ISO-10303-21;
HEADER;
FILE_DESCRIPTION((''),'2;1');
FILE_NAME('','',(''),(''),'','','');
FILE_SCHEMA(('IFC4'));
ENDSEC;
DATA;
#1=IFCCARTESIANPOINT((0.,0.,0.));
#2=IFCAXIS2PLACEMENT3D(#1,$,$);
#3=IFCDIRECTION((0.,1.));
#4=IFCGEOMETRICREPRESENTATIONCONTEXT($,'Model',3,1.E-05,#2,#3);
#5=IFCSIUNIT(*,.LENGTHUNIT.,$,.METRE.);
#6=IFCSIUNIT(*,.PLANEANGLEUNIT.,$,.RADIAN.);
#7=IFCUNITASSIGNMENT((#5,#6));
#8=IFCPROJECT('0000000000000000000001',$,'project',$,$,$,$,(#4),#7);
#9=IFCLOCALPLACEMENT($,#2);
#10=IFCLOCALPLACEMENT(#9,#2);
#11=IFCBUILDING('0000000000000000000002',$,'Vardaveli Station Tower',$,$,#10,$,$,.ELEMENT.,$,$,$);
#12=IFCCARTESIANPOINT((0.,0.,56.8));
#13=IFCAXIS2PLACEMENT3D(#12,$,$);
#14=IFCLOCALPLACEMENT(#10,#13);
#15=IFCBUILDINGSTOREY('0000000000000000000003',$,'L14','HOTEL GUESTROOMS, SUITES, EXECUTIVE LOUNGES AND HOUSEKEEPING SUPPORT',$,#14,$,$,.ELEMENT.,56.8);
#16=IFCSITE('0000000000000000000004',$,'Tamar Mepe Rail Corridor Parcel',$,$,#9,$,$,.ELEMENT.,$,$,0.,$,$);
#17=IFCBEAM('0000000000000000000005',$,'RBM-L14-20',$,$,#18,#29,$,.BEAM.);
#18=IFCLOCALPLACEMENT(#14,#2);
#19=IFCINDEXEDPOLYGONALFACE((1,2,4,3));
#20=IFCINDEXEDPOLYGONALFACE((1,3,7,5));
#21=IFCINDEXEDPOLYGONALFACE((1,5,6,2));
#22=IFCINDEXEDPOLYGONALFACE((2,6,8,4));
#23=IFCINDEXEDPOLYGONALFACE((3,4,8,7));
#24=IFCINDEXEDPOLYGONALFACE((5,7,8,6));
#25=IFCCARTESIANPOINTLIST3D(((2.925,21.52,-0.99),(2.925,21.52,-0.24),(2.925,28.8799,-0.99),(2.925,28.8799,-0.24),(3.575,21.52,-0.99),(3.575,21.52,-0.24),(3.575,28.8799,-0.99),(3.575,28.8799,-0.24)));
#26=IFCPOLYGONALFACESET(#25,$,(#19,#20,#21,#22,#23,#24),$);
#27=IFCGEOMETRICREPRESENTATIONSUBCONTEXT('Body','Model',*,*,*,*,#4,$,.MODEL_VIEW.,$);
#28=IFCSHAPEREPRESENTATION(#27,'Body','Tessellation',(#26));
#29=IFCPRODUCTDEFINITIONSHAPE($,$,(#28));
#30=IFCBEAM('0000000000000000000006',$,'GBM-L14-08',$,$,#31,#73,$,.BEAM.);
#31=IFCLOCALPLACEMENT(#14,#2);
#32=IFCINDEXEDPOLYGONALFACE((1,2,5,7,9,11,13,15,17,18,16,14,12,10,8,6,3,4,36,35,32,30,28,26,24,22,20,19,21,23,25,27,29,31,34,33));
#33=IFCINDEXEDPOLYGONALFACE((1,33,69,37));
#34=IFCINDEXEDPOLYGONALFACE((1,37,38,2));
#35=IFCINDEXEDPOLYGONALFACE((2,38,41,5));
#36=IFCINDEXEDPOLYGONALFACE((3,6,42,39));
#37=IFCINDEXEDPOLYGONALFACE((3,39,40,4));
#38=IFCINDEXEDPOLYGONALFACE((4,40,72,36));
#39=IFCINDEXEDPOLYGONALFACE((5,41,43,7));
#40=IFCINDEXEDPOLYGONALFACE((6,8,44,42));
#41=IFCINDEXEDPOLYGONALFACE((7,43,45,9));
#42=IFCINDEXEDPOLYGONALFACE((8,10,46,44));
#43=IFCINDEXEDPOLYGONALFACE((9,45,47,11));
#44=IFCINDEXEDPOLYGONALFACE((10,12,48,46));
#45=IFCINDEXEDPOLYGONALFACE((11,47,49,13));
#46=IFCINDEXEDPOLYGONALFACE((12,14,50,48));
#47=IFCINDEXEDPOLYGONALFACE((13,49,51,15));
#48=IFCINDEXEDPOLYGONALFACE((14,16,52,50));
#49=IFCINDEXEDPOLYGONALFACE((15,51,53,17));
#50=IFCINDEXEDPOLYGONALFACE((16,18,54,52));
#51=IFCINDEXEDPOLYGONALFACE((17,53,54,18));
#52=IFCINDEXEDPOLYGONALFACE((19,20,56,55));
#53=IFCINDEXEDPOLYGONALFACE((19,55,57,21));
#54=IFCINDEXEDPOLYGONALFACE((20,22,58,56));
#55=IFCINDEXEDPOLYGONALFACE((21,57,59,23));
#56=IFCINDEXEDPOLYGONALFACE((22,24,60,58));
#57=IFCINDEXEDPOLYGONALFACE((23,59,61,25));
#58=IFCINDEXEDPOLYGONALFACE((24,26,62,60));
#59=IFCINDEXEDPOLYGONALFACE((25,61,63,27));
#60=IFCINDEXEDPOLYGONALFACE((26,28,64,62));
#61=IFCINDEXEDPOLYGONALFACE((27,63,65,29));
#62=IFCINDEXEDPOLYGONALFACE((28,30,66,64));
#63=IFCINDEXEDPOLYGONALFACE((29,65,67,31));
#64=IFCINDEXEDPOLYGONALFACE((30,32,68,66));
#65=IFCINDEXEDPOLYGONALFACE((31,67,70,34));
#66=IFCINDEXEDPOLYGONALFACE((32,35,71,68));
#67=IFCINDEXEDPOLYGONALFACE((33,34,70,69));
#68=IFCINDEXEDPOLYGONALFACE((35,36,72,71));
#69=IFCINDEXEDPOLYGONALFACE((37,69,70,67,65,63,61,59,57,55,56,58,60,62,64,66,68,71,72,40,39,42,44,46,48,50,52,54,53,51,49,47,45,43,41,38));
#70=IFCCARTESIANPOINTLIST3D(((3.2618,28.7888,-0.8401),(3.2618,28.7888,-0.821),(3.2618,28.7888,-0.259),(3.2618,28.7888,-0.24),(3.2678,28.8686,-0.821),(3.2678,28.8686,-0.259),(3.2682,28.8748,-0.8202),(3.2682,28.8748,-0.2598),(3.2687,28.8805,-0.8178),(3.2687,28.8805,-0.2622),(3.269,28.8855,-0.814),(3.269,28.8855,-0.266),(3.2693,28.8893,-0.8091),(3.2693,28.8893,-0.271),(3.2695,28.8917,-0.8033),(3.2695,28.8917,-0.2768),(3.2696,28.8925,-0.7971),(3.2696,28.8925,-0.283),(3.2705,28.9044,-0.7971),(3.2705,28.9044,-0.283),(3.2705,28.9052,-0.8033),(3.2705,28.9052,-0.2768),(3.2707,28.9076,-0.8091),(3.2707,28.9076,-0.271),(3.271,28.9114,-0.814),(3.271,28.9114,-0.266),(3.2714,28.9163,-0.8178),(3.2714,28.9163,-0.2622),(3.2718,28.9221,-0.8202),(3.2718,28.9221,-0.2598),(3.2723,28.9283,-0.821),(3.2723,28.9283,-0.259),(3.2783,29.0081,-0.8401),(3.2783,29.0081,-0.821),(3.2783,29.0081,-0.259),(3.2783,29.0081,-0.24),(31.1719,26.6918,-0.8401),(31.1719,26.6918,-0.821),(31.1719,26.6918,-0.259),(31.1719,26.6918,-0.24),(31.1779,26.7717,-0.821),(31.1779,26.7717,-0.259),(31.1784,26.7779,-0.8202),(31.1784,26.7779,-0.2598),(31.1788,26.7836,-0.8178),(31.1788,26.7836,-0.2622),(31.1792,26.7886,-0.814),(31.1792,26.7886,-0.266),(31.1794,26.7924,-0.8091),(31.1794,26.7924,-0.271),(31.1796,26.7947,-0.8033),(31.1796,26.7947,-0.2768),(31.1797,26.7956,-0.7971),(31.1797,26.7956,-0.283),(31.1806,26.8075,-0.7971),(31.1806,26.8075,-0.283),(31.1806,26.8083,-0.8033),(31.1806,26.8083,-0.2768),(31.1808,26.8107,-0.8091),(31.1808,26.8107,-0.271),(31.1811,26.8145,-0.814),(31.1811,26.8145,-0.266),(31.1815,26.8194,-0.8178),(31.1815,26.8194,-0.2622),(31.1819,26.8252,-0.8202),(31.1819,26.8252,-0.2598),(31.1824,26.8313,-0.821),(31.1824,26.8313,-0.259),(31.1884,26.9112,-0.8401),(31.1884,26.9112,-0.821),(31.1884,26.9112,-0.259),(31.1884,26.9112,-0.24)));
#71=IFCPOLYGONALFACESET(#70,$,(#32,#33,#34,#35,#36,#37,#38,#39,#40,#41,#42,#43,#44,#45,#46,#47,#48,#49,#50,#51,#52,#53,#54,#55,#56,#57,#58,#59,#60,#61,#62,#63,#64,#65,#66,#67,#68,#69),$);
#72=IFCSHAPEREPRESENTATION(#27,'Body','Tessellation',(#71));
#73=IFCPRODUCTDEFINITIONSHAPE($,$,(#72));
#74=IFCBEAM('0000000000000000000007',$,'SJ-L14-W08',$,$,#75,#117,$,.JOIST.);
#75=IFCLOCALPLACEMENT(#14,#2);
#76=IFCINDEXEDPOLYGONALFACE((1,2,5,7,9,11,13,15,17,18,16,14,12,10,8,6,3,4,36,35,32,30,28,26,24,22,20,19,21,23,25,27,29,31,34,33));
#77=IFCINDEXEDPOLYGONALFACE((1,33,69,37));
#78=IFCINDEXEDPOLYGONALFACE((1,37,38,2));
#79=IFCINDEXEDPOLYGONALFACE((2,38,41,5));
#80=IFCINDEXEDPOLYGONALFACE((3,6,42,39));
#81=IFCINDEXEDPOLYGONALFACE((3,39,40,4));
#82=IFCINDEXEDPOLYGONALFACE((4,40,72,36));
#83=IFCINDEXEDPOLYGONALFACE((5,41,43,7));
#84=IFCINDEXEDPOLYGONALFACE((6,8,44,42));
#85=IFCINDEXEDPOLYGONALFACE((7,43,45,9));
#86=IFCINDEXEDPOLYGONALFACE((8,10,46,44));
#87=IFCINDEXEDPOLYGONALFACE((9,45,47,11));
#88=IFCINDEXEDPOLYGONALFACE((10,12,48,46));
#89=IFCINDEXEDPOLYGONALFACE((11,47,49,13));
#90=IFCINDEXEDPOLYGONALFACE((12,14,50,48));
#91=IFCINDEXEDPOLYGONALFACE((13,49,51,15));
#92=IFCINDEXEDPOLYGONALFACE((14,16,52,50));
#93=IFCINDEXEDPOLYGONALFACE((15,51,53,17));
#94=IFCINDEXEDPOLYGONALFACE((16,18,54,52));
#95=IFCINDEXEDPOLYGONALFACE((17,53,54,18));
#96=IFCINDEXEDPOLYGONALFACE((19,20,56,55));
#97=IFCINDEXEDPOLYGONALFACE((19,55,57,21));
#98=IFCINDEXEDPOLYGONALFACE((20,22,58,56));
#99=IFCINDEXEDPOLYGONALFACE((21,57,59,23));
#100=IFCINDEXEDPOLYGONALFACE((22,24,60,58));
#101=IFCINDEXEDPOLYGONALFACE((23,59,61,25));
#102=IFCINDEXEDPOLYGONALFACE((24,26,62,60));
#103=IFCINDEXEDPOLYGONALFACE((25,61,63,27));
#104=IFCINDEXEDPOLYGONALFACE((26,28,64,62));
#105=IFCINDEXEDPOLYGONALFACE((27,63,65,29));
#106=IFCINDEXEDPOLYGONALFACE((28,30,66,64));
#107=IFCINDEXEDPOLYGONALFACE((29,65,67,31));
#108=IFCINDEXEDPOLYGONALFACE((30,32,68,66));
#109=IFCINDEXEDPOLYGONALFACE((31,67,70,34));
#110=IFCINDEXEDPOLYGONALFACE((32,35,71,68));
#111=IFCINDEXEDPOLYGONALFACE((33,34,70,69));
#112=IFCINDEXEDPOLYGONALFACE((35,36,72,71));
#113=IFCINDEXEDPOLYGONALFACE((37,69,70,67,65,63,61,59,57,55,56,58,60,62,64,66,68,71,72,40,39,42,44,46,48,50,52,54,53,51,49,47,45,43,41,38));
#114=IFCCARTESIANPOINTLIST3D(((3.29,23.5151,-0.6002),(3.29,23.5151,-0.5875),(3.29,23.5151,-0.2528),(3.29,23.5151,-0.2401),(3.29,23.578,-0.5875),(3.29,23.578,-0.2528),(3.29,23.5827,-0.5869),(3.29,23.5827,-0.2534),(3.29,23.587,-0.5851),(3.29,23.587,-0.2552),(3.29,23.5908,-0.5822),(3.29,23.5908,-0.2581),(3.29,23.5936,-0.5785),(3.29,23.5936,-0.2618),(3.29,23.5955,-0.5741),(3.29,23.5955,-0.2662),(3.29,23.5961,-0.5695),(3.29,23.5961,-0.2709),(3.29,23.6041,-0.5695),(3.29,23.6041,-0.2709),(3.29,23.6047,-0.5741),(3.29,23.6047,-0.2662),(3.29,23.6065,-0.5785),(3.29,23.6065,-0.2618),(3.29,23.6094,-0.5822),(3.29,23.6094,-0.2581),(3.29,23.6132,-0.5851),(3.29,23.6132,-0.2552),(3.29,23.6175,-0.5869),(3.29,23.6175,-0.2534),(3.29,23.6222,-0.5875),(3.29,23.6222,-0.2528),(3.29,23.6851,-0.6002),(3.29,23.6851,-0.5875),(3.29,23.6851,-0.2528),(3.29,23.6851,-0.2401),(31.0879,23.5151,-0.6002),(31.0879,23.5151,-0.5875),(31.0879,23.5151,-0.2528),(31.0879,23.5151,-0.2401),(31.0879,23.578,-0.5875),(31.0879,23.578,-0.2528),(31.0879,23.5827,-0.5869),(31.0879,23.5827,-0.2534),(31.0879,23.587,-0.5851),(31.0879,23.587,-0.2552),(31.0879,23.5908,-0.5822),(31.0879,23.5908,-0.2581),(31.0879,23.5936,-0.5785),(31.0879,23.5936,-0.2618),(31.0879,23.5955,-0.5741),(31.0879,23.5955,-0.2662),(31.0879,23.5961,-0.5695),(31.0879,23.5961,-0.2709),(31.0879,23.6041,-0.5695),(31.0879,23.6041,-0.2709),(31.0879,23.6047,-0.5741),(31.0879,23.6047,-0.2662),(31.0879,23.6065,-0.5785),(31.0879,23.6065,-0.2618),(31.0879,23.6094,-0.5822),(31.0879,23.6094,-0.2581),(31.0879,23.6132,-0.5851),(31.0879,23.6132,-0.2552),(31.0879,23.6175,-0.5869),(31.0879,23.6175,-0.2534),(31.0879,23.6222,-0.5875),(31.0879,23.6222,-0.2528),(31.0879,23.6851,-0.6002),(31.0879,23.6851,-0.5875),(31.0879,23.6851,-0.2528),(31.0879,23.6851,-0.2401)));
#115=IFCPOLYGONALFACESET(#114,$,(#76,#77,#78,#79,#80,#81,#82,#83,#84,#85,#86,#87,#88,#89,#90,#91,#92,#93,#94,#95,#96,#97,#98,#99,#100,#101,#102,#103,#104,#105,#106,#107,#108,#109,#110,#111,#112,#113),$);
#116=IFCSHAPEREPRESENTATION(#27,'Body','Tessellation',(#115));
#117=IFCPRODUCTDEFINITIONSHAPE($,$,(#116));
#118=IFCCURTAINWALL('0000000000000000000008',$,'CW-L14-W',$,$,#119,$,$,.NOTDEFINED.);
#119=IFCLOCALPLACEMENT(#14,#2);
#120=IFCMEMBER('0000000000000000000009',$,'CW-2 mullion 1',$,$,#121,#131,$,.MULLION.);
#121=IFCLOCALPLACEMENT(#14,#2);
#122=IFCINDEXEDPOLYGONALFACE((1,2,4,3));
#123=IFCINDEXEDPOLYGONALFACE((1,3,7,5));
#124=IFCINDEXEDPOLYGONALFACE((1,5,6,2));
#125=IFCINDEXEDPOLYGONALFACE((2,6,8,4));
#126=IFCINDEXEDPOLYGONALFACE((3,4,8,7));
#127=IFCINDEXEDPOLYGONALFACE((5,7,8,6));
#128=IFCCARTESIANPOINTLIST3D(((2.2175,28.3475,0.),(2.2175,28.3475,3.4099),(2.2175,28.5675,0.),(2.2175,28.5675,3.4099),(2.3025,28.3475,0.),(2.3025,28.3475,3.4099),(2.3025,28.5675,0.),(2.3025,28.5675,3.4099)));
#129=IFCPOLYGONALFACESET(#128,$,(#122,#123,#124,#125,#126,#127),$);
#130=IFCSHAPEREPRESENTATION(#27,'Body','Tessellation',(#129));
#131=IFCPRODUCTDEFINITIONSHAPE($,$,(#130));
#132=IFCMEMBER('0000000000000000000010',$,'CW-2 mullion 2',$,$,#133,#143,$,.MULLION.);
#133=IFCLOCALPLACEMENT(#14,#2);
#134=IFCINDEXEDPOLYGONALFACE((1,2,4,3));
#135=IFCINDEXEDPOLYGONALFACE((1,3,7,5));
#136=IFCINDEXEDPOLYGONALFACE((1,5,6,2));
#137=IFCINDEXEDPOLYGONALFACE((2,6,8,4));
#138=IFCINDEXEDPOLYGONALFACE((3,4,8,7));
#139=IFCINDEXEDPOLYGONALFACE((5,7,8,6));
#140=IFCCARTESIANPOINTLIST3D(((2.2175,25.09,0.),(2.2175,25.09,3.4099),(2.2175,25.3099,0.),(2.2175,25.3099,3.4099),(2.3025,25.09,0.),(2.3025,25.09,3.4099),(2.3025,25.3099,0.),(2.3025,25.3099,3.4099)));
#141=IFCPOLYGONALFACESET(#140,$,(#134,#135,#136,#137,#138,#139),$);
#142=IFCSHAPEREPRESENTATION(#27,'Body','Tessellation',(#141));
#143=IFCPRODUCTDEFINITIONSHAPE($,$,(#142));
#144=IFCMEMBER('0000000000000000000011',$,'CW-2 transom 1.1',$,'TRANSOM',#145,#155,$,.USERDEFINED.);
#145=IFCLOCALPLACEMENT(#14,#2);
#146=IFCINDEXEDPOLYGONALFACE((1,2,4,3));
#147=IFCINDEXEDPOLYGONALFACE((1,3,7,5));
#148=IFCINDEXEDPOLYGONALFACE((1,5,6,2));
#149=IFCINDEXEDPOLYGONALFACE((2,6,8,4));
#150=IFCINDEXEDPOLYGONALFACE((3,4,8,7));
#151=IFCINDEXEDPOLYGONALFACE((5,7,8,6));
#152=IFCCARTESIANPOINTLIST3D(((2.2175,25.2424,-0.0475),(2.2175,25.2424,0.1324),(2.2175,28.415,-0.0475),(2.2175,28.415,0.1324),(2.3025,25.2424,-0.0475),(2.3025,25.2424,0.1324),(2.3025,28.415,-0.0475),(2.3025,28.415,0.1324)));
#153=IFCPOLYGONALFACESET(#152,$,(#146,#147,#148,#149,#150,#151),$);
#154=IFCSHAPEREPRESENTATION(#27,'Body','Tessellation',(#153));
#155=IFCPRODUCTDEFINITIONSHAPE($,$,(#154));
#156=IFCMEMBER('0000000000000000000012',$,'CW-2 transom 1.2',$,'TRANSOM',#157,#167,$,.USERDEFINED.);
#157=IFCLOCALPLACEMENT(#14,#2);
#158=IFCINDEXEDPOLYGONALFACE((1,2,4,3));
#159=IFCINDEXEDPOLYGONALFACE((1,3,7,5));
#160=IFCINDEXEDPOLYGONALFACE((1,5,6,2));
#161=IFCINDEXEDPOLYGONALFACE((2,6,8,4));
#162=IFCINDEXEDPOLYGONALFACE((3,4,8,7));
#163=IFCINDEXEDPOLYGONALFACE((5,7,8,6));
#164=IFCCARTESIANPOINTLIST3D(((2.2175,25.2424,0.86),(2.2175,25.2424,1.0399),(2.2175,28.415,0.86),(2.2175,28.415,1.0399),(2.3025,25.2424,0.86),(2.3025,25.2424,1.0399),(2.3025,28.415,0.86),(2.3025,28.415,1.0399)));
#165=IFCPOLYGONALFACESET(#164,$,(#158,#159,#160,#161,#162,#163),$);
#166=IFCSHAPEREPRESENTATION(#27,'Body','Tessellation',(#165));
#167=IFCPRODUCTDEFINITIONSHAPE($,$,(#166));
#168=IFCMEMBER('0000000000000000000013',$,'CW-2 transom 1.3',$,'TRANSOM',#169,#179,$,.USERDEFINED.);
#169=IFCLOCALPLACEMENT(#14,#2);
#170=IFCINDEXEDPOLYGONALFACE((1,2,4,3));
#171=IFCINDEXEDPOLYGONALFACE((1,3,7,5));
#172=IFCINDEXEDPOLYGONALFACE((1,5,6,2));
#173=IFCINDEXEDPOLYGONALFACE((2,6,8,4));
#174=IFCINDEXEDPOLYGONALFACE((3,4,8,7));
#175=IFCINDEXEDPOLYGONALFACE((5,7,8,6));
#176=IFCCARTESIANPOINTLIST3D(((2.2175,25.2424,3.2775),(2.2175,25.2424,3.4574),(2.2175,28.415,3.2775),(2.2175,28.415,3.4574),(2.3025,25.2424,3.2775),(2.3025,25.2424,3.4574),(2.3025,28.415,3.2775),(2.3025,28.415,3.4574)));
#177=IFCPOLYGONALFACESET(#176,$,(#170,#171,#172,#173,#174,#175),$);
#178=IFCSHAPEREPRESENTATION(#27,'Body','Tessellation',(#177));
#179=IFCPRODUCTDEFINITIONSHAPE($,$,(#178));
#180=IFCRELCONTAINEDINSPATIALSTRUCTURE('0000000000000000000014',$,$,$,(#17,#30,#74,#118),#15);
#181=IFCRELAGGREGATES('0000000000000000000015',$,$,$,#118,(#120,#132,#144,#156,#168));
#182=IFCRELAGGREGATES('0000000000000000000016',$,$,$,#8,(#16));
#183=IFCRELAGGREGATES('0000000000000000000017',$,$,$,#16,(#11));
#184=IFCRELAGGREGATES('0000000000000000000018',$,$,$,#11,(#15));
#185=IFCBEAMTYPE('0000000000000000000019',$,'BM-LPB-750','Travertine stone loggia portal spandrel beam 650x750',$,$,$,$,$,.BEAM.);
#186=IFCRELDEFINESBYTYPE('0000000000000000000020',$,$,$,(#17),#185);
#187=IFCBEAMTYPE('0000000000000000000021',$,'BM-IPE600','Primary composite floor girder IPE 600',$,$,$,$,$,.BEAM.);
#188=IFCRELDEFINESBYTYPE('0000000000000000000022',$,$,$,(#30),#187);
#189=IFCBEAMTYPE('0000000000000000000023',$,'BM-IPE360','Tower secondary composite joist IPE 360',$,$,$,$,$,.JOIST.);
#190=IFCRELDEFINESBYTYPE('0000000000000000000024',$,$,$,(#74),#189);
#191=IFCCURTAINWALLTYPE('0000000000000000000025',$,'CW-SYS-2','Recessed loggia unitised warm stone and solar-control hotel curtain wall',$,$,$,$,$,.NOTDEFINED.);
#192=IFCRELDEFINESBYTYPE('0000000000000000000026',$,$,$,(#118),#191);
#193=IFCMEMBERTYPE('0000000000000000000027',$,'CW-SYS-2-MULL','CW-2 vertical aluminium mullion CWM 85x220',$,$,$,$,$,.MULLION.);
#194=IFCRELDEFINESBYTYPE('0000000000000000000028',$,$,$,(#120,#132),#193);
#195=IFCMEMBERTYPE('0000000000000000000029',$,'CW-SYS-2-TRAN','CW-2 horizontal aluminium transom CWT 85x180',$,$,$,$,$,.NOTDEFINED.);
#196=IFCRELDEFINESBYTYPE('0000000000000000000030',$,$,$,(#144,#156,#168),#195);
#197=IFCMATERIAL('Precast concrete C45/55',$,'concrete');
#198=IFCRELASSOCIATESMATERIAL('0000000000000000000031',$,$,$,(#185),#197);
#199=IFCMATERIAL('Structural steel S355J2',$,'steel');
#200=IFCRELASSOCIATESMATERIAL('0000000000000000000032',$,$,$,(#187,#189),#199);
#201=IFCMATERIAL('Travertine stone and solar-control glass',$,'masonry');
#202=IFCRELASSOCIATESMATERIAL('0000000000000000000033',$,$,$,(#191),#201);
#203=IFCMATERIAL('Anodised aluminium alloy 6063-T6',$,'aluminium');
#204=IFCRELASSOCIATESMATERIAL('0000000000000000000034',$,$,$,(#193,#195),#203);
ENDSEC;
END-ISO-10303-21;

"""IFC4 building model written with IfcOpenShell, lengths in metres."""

from ifc_helpers import new_model, si_unit, direction, frame, origin, origin_2d, place, context, subcontext, project, spatial, rectangle, i_section, extrude, source, transform, mapped, material, material_profile, profile_set, type_object, element, aggregate, save


model = new_model("IFC4")

# Units and contexts
model_context = context("Model", 3, precision=1e-05, world=origin(), true_north=direction((0.0, 1.0)))
body_context = subcontext(model_context, "Body", "Model", "MODEL_VIEW")
ifc_project = project(units=[si_unit("LENGTHUNIT", "METRE"), si_unit("PLANEANGLEUNIT", "RADIAN")], contexts=[model_context])

# Site, building, storey
site_placement = place(None, origin())
site = spatial("IfcSite", under=ifc_project, at=site_placement, Name="Tamar Mepe Rail Corridor Parcel", CompositionType="ELEMENT", RefElevation=0.0)
building_placement = place(site_placement, origin())
building = spatial("IfcBuilding", under=site, at=building_placement, Name="Vardaveli Station Tower", CompositionType="ELEMENT")
storey_placement = place(building_placement, frame((0.0, 0.0, 56.8)))
storey = spatial("IfcBuildingStorey", under=building, at=storey_placement, Name="L14", Description="HOTEL GUESTROOMS, SUITES, EXECUTIVE LOUNGES AND HOUSEKEEPING SUPPORT", CompositionType="ELEMENT", Elevation=56.8)

# Beams
ifc_material_1 = material(Name="Precast concrete C45/55", Category="concrete")
ifc_material_profile_1 = material_profile(ifc_material_1, rectangle(XDim=0.6499, YDim=0.75, at=origin_2d()), Name="LPB 650x750")
ifc_profile_set_1 = profile_set([ifc_material_profile_1], Name="Precast concrete C45/55")
beam_type_1 = type_object("IfcBeamType", Name="BM-LPB-750", Description="Travertine stone loggia portal spandrel beam 650x750", PredefinedType="BEAM", material=ifc_profile_set_1)
shared_shape_1 = source(origin(), body_context, "Body", "SweptSolid", [
    extrude(rectangle(XDim=0.6499, YDim=0.75, at=origin_2d()), origin(), (0.0, 0.0, 1.0), 7.3599),
])
beam_1_placement = place(storey_placement, frame((3.25, 28.8799, -0.615), z_axis=(0.0, -1.0, 0.0), x_axis=(1.0, 0.0, 0.0)))
element("IfcBeam", 1, at=beam_1_placement, inside=storey, type_object=beam_type_1, Name="RBM-L14-20", PredefinedType="BEAM", context=body_context, shape_type="MappedRepresentation", body=[
    mapped(shared_shape_1, transform((0.0, 0.0, 0.0), scale=1.0)),
])
ifc_material_2 = material(Name="Structural steel S355J2", Category="steel")
ifc_material_profile_2 = material_profile(ifc_material_2, i_section(OverallWidth=0.22, OverallDepth=0.6001, WebThickness=0.012, FlangeThickness=0.019, FilletRadius=0.0239, at=origin_2d()), Name="IPE 600")
ifc_profile_set_2 = profile_set([ifc_material_profile_2], Name="Structural steel S355J2")
beam_type_2 = type_object("IfcBeamType", Name="BM-IPE600", Description="Primary composite floor girder IPE 600", PredefinedType="BEAM", material=ifc_profile_set_2)
shared_shape_2 = source(origin(), body_context, "Body", "SweptSolid", [
    extrude(i_section(OverallWidth=0.22, OverallDepth=0.6001, WebThickness=0.012, FlangeThickness=0.019, FilletRadius=0.0239, at=origin_2d()), origin(), (0.0, 0.0, 1.0), 27.9888),
])
beam_2_placement = place(storey_placement, frame((3.27, 28.8984, -0.54), z_axis=(0.99719, -0.07492, 0.0), x_axis=(0.07492, 0.99719, 0.0)))
element("IfcBeam", 2, at=beam_2_placement, inside=storey, type_object=beam_type_2, Name="GBM-L14-08", PredefinedType="BEAM", context=body_context, shape_type="MappedRepresentation", body=[
    mapped(shared_shape_2, transform((0.0, 0.0, 0.0), scale=1.0)),
])
ifc_material_profile_3 = material_profile(ifc_material_2, i_section(OverallWidth=0.1699, OverallDepth=0.3601, WebThickness=0.0081, FlangeThickness=0.0127, FilletRadius=0.0181, at=origin_2d()), Name="IPE 360")
ifc_profile_set_3 = profile_set([ifc_material_profile_3], Name="Structural steel S355J2")
beam_type_3 = type_object("IfcBeamType", Name="BM-IPE360", Description="Tower secondary composite joist IPE 360", PredefinedType="JOIST", material=ifc_profile_set_3)
shared_shape_3 = source(origin(), body_context, "Body", "SweptSolid", [
    extrude(i_section(OverallWidth=0.1699, OverallDepth=0.3601, WebThickness=0.0081, FlangeThickness=0.0127, FilletRadius=0.0181, at=origin_2d()), origin(), (0.0, 0.0, 1.0), 27.7979),
])
beam_3_placement = place(storey_placement, frame((3.29, 23.6001, -0.4202), z_axis=(1.0, 0.0, 0.0), x_axis=(0.0, 1.0, 0.0)))
element("IfcBeam", 3, at=beam_3_placement, inside=storey, type_object=beam_type_3, Name="SJ-L14-W08", PredefinedType="JOIST", context=body_context, shape_type="MappedRepresentation", body=[
    mapped(shared_shape_3, transform((0.0, 0.0, 0.0), scale=1.0)),
])

# Curtain wall, members
ifc_material_3 = material(Name="Travertine stone and solar-control glass", Category="masonry")
curtain_wall_type = type_object("IfcCurtainWallType", Name="CW-SYS-2", Description="Recessed loggia unitised warm stone and solar-control hotel curtain wall", PredefinedType="NOTDEFINED", material=ifc_material_3)
curtain_wall_placement = place(storey_placement, origin())
curtain_wall = element("IfcCurtainWall", 4, at=curtain_wall_placement, inside=storey, type_object=curtain_wall_type, Name="CW-L14-W", PredefinedType="NOTDEFINED")
ifc_material_4 = material(Name="Anodised aluminium alloy 6063-T6", Category="aluminium")
ifc_material_profile_4 = material_profile(ifc_material_4, rectangle(XDim=0.085, YDim=0.22, at=origin_2d()), Name="CWM 85x220")
ifc_profile_set_4 = profile_set([ifc_material_profile_4], Name="Anodised aluminium alloy 6063-T6")
member_type_1 = type_object("IfcMemberType", Name="CW-SYS-2-MULL", Description="CW-2 vertical aluminium mullion CWM 85x220", PredefinedType="MULLION", material=ifc_profile_set_4)
shared_shape_4 = source(origin(), body_context, "Body", "SweptSolid", [
    extrude(rectangle(XDim=0.085, YDim=0.22, at=origin_2d()), origin(), (0.0, 0.0, 1.0), 3.4099),
])
member_1_placement = place(storey_placement, frame((2.26, 28.4575, 0.0), z_axis=(0.0, 0.0, 1.0), x_axis=(1.0, 0.0, 0.0)))
member_1 = element("IfcMember", 5, at=member_1_placement, type_object=member_type_1, Name="CW-2 mullion 1", PredefinedType="MULLION", context=body_context, shape_type="MappedRepresentation", body=[
    mapped(shared_shape_4, transform((0.0, 0.0, 0.0), scale=1.0)),
])
member_2_placement = place(storey_placement, frame((2.26, 25.2, 0.0), z_axis=(0.0, 0.0, 1.0), x_axis=(1.0, 0.0, 0.0)))
member_2 = element("IfcMember", 6, at=member_2_placement, type_object=member_type_1, Name="CW-2 mullion 2", PredefinedType="MULLION", context=body_context, shape_type="MappedRepresentation", body=[
    mapped(shared_shape_4, transform((0.0, 0.0, 0.0), scale=1.0)),
])
ifc_material_profile_5 = material_profile(ifc_material_4, rectangle(XDim=0.085, YDim=0.1799, at=origin_2d()), Name="CWT 85x180")
ifc_profile_set_5 = profile_set([ifc_material_profile_5], Name="Anodised aluminium alloy 6063-T6")
member_type_2 = type_object("IfcMemberType", Name="CW-SYS-2-TRAN", Description="CW-2 horizontal aluminium transom CWT 85x180", PredefinedType="NOTDEFINED", material=ifc_profile_set_5)
shared_shape_5 = source(origin(), body_context, "Body", "SweptSolid", [
    extrude(rectangle(XDim=0.085, YDim=0.1799, at=origin_2d()), origin(), (0.0, 0.0, 1.0), 3.1726),
])
member_3_placement = place(storey_placement, frame((2.26, 28.415, 0.0425), z_axis=(0.0, -1.0, 0.0), x_axis=(1.0, 0.0, 0.0)))
member_3 = element("IfcMember", 7, at=member_3_placement, type_object=member_type_2, Name="CW-2 transom 1.1", ObjectType="TRANSOM", PredefinedType="USERDEFINED", context=body_context, shape_type="MappedRepresentation", body=[
    mapped(shared_shape_5, transform((0.0, 0.0, 0.0), scale=1.0)),
])
member_4_placement = place(storey_placement, frame((2.26, 28.415, 0.95), z_axis=(0.0, -1.0, 0.0), x_axis=(1.0, 0.0, 0.0)))
member_4 = element("IfcMember", 8, at=member_4_placement, type_object=member_type_2, Name="CW-2 transom 1.2", ObjectType="TRANSOM", PredefinedType="USERDEFINED", context=body_context, shape_type="MappedRepresentation", body=[
    mapped(shared_shape_5, transform((0.0, 0.0, 0.0), scale=1.0)),
])
member_5_placement = place(storey_placement, frame((2.26, 28.415, 3.3674), z_axis=(0.0, -1.0, 0.0), x_axis=(1.0, 0.0, 0.0)))
member_5 = element("IfcMember", 9, at=member_5_placement, type_object=member_type_2, Name="CW-2 transom 1.3", ObjectType="TRANSOM", PredefinedType="USERDEFINED", context=body_context, shape_type="MappedRepresentation", body=[
    mapped(shared_shape_5, transform((0.0, 0.0, 0.0), scale=1.0)),
])
aggregate(curtain_wall, [member_1, member_2, member_3, member_4, member_5])

save(model, "model.ifc")
